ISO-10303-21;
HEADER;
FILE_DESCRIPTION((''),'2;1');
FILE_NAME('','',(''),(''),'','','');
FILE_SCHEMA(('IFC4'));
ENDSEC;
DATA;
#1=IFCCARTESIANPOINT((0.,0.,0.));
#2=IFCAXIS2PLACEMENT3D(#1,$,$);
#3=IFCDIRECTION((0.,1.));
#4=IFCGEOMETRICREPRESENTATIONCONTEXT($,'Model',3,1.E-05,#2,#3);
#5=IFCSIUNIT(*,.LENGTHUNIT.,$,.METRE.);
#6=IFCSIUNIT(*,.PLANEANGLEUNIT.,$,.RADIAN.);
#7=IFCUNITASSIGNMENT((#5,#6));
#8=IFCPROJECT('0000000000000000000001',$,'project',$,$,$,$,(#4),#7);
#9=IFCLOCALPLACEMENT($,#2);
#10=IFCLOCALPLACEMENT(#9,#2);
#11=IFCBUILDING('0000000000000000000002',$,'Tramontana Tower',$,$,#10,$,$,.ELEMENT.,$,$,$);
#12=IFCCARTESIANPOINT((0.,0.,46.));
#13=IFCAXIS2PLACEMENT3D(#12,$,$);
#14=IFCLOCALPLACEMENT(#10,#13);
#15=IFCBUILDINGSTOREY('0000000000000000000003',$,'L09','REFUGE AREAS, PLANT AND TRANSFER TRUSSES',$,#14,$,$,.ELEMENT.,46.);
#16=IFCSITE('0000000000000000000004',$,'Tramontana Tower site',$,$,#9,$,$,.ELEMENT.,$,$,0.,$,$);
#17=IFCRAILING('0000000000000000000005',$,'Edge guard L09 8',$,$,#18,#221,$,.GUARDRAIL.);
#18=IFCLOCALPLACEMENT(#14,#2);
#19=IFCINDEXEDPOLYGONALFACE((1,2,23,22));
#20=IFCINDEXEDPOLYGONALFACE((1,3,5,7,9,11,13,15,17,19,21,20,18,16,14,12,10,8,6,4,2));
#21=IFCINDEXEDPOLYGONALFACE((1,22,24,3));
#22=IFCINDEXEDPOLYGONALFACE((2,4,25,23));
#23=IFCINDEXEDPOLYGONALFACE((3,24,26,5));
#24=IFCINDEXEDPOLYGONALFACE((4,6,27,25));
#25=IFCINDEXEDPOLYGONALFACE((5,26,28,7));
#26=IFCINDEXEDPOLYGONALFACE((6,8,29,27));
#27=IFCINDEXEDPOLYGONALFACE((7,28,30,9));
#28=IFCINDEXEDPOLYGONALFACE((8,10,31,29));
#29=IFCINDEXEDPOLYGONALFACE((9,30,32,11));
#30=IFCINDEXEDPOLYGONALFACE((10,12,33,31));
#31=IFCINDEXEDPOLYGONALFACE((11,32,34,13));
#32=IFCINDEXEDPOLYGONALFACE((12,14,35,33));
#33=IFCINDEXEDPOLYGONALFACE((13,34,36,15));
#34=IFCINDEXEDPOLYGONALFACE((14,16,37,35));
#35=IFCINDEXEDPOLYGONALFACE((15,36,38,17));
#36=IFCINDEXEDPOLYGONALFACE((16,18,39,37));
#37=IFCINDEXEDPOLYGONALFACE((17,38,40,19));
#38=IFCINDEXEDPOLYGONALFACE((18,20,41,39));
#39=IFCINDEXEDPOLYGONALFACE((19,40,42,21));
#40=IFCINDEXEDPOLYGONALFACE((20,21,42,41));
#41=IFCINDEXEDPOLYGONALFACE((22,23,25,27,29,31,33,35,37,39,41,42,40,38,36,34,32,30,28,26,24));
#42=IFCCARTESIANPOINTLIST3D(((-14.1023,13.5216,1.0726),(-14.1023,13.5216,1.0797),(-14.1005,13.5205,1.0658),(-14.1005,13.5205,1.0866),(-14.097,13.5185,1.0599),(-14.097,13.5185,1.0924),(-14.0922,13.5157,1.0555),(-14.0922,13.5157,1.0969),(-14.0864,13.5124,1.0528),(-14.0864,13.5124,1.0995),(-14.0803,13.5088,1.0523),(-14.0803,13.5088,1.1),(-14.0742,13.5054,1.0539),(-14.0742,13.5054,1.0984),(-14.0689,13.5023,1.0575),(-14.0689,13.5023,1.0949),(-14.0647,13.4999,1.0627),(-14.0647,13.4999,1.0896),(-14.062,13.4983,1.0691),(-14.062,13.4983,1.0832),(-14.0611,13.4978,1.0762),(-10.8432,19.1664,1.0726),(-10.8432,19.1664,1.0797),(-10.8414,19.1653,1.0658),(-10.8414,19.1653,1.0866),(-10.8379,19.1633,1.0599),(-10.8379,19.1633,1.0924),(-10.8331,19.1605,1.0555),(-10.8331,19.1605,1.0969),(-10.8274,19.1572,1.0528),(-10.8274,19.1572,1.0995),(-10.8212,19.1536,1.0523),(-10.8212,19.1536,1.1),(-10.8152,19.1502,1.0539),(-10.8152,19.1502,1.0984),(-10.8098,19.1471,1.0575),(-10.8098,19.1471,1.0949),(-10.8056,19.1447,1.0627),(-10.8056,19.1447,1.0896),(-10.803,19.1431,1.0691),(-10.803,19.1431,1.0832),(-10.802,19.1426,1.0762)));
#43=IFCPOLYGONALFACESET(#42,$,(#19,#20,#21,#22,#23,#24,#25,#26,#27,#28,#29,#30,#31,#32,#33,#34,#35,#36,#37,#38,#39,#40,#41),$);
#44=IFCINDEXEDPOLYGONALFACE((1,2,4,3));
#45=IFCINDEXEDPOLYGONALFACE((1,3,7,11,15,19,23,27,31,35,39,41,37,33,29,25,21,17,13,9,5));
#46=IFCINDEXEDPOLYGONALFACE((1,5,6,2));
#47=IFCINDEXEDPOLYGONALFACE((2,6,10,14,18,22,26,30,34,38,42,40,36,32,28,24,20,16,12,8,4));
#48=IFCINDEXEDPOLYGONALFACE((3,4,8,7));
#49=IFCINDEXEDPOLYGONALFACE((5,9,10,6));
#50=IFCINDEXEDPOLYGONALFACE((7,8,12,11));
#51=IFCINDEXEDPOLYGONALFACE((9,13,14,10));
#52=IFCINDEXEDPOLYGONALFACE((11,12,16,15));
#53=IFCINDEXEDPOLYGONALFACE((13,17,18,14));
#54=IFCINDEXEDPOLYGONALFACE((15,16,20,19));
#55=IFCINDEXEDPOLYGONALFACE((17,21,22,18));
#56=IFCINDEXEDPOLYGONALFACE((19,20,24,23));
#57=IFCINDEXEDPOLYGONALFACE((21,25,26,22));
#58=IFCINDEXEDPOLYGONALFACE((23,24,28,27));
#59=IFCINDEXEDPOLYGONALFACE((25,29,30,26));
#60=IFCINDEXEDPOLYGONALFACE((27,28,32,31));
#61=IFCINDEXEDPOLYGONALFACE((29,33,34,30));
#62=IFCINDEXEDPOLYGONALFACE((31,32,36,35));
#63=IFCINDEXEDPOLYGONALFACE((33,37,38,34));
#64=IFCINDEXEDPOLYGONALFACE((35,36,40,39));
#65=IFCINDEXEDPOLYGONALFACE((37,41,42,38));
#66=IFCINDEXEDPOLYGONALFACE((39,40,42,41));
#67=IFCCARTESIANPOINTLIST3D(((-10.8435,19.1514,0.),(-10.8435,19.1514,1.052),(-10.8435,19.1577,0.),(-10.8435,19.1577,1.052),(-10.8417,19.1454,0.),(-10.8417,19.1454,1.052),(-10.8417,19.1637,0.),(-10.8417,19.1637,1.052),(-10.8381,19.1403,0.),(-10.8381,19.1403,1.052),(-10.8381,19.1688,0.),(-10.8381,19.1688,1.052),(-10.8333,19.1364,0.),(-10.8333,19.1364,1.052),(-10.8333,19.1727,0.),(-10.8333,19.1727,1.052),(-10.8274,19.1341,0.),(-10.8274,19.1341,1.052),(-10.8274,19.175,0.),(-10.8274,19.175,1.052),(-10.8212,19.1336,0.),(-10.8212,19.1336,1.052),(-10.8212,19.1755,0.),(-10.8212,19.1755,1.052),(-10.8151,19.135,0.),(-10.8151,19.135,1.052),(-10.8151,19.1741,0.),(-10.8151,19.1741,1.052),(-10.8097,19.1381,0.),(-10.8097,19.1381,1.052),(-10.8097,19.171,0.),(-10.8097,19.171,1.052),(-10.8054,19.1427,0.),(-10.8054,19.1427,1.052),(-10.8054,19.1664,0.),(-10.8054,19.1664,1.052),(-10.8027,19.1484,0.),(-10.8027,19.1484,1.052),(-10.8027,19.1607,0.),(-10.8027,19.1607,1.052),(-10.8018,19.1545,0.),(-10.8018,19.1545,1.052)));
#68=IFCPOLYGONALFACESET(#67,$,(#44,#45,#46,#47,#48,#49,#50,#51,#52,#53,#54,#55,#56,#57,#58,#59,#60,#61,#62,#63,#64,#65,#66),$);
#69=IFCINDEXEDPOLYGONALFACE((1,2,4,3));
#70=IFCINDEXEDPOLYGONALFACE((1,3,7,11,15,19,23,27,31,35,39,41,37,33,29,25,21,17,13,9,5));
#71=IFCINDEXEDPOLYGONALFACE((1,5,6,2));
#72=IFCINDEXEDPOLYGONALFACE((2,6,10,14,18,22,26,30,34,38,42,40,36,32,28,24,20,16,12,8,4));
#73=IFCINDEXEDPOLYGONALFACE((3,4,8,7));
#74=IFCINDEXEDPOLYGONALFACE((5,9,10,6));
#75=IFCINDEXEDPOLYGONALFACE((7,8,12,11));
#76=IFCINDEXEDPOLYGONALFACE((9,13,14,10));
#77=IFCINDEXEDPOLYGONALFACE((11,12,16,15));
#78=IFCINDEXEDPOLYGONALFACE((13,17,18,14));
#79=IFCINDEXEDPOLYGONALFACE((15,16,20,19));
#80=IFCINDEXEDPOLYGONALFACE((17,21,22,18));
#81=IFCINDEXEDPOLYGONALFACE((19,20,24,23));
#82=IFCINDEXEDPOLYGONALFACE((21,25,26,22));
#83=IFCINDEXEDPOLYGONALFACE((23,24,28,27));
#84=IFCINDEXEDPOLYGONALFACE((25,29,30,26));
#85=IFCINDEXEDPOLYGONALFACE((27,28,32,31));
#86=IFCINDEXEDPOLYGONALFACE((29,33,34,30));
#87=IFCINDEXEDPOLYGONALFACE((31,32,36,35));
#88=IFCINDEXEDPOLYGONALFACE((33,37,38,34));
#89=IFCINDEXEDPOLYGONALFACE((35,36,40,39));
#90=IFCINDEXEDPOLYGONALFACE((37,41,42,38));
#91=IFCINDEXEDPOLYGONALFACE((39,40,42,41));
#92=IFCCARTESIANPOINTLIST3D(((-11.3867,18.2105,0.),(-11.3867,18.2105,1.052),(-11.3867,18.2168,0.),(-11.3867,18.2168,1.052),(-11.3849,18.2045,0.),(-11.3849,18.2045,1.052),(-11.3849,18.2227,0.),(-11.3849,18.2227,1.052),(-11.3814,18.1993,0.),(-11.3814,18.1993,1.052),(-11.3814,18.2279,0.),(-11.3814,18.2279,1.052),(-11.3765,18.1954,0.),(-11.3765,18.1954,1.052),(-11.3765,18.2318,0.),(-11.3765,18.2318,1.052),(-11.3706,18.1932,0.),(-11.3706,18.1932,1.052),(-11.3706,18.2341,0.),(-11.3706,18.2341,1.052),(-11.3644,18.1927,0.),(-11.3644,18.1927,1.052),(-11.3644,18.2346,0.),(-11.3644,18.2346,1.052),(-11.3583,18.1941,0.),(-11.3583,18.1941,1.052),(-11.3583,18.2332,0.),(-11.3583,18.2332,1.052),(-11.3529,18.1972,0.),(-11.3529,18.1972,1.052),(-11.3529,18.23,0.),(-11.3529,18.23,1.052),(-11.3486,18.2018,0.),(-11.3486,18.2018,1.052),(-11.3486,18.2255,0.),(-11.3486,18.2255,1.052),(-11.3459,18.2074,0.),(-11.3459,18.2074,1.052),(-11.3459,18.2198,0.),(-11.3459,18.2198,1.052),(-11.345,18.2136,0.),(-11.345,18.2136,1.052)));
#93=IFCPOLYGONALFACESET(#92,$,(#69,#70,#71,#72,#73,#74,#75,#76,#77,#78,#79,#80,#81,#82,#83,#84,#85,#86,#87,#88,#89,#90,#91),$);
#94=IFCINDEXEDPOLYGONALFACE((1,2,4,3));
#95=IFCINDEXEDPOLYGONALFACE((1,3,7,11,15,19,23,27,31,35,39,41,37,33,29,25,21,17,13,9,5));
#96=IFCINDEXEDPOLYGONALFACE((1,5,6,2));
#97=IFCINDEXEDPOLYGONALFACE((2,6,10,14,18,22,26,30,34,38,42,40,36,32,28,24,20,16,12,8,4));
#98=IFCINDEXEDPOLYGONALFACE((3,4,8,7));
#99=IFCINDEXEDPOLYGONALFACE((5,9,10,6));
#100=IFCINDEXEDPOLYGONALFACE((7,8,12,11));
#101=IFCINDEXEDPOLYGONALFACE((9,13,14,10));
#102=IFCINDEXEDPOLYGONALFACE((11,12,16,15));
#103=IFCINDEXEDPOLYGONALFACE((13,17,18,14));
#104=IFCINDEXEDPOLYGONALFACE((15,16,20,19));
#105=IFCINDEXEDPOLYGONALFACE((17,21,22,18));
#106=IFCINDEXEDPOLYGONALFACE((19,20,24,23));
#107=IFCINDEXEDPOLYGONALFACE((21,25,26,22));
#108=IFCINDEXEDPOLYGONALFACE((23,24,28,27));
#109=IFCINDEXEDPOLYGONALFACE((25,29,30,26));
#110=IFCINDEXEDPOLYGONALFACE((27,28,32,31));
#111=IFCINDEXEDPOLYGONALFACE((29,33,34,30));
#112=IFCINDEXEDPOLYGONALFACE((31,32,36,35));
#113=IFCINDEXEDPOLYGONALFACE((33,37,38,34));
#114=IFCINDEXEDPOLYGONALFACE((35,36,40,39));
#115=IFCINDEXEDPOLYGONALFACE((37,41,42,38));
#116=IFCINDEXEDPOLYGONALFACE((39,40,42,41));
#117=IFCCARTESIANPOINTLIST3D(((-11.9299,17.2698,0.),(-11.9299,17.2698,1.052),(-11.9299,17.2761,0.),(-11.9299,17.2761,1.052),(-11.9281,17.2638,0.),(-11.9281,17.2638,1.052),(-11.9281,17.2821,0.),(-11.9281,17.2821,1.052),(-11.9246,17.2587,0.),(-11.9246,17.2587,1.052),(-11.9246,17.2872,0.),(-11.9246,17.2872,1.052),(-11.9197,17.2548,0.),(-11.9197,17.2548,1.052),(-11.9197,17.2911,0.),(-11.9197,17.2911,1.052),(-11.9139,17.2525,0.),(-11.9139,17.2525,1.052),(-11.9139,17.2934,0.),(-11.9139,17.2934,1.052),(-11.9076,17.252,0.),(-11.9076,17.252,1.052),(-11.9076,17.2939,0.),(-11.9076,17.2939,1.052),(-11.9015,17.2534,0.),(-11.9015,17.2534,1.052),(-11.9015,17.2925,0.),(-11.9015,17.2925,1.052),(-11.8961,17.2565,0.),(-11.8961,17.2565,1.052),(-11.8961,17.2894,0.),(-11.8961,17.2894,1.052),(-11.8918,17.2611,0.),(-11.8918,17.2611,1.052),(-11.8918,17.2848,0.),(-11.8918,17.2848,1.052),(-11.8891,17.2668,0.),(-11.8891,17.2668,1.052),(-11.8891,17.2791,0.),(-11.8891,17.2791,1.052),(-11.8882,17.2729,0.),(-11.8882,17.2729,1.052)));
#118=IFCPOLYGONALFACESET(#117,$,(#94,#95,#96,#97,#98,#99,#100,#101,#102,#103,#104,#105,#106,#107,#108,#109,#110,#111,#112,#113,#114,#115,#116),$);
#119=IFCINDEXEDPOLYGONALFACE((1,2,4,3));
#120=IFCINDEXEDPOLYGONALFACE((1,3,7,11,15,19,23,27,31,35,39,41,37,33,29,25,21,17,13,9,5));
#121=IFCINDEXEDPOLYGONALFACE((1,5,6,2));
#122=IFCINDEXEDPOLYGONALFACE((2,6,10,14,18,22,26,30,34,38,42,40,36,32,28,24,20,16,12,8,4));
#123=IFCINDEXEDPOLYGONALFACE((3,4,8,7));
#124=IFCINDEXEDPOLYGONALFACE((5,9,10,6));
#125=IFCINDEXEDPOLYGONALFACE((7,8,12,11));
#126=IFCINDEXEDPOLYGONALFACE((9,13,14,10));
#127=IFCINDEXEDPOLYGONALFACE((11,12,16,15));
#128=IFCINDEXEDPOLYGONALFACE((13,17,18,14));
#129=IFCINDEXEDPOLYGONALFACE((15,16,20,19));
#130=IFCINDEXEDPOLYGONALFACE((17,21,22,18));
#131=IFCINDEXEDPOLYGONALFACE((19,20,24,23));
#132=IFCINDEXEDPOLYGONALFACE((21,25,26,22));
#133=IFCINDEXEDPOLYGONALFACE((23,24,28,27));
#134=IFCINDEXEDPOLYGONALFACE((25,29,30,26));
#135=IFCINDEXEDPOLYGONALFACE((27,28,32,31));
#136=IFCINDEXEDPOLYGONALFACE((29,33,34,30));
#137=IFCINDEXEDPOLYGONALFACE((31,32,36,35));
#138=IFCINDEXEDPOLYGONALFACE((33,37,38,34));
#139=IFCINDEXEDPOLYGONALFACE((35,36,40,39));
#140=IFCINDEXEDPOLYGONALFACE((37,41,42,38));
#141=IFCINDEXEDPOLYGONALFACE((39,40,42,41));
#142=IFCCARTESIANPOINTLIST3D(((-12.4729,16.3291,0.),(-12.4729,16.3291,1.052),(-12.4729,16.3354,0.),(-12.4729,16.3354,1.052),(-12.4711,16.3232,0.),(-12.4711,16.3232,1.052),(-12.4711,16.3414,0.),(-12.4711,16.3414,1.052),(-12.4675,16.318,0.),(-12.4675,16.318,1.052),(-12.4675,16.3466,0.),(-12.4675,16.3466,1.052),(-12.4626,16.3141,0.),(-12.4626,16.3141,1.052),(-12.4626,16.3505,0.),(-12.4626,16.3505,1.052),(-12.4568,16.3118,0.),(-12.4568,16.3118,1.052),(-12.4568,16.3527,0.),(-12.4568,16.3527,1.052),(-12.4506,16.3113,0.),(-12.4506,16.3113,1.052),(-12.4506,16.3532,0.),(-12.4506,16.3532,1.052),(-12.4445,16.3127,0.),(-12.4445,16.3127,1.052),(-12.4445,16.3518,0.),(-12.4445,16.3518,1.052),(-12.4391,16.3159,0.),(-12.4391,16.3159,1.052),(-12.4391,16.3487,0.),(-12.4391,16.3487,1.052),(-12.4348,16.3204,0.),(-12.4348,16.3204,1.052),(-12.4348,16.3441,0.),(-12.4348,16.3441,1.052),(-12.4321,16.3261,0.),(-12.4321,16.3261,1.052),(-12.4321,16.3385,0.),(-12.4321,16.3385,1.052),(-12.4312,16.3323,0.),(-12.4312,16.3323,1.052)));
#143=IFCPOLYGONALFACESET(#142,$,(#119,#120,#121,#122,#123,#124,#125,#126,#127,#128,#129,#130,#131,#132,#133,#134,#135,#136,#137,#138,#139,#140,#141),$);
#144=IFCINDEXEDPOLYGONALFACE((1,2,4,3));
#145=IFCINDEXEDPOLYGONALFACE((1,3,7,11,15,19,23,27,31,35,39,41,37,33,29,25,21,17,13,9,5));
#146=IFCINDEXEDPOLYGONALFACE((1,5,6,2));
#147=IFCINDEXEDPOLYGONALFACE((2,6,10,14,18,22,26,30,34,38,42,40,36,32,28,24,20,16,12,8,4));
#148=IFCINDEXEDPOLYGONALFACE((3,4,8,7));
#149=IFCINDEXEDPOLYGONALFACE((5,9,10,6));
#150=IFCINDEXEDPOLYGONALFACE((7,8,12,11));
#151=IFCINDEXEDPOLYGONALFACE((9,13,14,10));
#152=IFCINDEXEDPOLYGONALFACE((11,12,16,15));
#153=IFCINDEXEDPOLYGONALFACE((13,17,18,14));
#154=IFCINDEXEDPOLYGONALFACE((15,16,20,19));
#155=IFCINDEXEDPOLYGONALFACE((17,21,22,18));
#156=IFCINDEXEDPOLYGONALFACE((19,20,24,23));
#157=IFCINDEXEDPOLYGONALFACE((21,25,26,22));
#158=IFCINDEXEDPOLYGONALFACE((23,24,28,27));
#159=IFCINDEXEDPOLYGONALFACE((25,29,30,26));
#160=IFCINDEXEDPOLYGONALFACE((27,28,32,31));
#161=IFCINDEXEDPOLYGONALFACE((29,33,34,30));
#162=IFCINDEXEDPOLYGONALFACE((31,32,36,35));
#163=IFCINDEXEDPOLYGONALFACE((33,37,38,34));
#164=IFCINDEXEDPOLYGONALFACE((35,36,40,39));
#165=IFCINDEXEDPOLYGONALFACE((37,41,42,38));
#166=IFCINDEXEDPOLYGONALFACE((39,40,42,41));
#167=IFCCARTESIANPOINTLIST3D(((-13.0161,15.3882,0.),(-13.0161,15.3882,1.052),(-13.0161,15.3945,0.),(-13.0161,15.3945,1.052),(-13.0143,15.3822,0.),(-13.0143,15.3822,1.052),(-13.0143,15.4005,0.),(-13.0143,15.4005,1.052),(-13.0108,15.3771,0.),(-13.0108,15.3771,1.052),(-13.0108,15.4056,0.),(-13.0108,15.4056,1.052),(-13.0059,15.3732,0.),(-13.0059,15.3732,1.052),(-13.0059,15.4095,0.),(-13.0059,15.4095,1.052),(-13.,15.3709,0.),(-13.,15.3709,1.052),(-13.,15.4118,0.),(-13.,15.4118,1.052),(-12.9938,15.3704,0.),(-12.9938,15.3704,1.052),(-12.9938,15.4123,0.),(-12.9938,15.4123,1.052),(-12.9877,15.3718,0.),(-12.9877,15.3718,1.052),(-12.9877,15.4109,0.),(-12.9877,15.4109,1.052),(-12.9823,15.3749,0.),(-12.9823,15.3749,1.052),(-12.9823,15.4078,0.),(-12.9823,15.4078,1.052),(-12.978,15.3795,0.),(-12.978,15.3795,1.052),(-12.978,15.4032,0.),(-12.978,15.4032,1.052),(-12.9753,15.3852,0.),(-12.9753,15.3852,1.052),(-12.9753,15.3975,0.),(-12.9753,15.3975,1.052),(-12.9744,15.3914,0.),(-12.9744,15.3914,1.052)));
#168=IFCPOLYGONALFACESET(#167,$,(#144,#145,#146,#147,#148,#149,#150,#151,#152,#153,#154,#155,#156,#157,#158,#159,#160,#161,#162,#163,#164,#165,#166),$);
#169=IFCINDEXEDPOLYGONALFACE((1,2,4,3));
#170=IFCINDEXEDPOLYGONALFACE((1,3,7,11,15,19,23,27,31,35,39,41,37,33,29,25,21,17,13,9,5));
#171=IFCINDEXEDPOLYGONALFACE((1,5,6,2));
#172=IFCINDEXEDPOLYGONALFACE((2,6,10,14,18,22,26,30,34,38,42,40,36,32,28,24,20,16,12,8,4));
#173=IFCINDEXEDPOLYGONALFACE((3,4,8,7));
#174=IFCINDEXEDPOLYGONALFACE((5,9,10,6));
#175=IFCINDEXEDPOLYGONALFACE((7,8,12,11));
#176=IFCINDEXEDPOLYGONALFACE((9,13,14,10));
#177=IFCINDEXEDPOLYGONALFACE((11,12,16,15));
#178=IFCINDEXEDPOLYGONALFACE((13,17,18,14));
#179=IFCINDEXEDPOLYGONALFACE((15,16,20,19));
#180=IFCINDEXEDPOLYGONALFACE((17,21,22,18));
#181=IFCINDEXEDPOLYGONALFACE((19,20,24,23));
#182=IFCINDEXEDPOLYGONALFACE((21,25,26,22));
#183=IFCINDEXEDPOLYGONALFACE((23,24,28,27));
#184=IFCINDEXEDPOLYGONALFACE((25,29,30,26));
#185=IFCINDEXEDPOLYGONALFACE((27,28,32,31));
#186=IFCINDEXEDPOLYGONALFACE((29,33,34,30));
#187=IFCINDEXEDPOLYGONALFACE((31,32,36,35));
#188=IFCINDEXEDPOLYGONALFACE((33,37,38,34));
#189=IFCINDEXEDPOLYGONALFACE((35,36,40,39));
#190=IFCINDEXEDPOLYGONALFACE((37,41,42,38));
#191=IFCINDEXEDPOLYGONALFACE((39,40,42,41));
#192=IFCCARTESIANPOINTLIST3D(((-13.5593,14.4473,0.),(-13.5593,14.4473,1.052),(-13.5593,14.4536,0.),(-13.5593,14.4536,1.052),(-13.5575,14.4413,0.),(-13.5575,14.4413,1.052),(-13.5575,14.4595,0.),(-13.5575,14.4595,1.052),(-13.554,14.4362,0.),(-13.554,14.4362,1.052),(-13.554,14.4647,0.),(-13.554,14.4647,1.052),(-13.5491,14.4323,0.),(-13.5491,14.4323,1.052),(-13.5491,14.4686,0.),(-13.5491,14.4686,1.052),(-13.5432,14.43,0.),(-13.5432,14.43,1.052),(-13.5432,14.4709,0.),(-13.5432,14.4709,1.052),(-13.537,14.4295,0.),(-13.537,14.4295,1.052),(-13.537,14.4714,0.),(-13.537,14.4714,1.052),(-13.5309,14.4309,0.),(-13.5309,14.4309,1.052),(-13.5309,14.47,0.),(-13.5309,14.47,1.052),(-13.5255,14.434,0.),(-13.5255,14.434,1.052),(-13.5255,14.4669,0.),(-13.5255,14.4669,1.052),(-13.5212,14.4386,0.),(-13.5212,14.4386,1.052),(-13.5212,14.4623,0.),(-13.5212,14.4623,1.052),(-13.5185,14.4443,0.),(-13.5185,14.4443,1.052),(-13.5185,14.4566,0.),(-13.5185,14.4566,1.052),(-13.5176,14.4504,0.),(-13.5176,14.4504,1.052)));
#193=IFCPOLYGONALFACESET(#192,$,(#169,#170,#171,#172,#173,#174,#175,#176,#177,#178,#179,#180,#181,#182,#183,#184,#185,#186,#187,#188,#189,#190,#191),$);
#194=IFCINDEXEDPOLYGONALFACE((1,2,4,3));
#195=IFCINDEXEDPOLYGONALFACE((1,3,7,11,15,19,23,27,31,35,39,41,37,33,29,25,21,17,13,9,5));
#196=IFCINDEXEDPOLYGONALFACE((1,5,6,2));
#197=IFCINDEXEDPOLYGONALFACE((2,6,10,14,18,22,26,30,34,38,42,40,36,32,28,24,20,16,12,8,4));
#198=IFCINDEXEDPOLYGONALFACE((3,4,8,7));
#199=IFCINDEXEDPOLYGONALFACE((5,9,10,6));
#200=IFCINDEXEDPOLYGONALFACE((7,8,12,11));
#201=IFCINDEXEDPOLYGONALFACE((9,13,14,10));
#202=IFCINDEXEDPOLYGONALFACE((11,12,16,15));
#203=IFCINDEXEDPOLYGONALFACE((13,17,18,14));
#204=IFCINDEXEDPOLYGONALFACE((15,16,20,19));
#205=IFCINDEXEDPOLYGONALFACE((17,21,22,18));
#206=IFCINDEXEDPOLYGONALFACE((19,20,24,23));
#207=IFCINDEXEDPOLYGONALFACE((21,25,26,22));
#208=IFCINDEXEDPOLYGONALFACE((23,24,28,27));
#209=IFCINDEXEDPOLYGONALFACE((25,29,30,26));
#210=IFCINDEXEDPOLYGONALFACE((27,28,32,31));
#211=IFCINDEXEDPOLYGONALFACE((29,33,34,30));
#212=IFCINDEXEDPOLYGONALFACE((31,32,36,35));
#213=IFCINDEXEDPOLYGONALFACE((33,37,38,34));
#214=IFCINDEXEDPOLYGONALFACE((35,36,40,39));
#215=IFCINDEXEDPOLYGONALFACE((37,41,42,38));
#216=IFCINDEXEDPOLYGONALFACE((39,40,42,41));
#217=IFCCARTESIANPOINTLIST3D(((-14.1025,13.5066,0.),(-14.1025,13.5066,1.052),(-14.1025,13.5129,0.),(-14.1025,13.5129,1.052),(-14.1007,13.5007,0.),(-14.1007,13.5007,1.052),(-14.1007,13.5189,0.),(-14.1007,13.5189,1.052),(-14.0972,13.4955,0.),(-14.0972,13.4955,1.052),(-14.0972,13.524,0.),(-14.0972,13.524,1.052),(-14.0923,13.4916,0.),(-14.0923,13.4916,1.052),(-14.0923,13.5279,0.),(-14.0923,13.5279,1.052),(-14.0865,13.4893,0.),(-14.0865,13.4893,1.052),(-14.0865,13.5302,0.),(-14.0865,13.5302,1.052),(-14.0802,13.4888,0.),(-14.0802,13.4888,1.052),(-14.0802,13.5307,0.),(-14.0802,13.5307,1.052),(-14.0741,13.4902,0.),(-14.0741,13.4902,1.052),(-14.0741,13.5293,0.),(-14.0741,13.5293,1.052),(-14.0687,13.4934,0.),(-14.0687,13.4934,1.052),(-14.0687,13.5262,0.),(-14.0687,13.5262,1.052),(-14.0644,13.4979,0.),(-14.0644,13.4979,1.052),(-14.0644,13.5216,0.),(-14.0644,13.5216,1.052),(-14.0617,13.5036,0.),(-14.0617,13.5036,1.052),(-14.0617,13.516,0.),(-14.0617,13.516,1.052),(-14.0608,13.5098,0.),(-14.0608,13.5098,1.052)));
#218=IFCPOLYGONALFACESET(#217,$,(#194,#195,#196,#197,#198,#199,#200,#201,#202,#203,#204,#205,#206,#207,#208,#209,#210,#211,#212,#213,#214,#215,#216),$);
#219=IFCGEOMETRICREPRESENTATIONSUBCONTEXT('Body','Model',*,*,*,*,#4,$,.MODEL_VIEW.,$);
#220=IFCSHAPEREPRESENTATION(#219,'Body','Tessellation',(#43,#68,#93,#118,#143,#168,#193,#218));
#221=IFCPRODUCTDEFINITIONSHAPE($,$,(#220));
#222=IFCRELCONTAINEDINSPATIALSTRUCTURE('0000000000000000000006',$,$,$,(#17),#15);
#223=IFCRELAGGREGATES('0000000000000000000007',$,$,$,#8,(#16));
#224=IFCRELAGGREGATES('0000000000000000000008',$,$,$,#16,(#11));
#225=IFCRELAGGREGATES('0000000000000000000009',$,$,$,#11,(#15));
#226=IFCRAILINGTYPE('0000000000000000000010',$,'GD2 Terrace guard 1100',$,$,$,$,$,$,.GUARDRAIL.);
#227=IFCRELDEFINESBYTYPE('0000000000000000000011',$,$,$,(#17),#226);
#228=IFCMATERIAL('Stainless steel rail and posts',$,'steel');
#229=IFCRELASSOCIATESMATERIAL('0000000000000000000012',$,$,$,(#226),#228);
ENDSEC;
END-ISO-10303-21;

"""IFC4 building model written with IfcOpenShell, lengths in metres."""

from ifc_helpers import new_model, si_unit, direction, frame, origin, origin_2d, place, context, subcontext, project, spatial, circle, extrude, material, type_object, element, save


model = new_model("IFC4")

# Units and contexts
model_context = context("Model", 3, precision=1e-05, world=origin(), true_north=direction((0.0, 1.0)))
body_context = subcontext(model_context, "Body", "Model", "MODEL_VIEW")
ifc_project = project(units=[si_unit("LENGTHUNIT", "METRE"), si_unit("PLANEANGLEUNIT", "RADIAN")], contexts=[model_context])

# Site, building, storey
site_placement = place(None, origin())
site = spatial("IfcSite", under=ifc_project, at=site_placement, Name="Tramontana Tower site", CompositionType="ELEMENT", RefElevation=0.0)
building_placement = place(site_placement, origin())
building = spatial("IfcBuilding", under=site, at=building_placement, Name="Tramontana Tower", CompositionType="ELEMENT")
storey_placement = place(building_placement, frame((0.0, 0.0, 46.0)))
storey = spatial("IfcBuildingStorey", under=building, at=storey_placement, Name="L09", Description="REFUGE AREAS, PLANT AND TRANSFER TRUSSES", CompositionType="ELEMENT", Elevation=46.0)

# Railing
ifc_material_1 = material(Name="Stainless steel rail and posts", Category="steel")
railing_type = type_object("IfcRailingType", Name="GD2 Terrace guard 1100", PredefinedType="GUARDRAIL", material=ifc_material_1)
railing_placement = place(storey_placement, frame((-10.8228, 19.1545, 0.0)))
element("IfcRailing", 1, at=railing_placement, inside=storey, type_object=railing_type, Name="Edge guard L09 8", PredefinedType="GUARDRAIL", context=body_context, shape_type="SweptSolid", body=[
    extrude(circle(Radius=0.0239, at=origin_2d()), frame((0.0, 0.0, 1.0762), z_axis=(-0.500002, -0.866024, 0.0), x_axis=(0.866024, -0.500002, 0.0)), (0.0, 0.0, 1.0), 6.5181),
    extrude(circle(Radius=0.021, at=origin_2d()), origin(), (0.0, 0.0, 1.0), 1.052),
    extrude(circle(Radius=0.021, at=origin_2d()), frame((-0.5432, -0.9409, 0.0)), (0.0, 0.0, 1.0), 1.052),
    extrude(circle(Radius=0.021, at=origin_2d()), frame((-1.0864, -1.8816, 0.0)), (0.0, 0.0, 1.0), 1.052),
    extrude(circle(Radius=0.021, at=origin_2d()), frame((-1.6294, -2.8223, 0.0)), (0.0, 0.0, 1.0), 1.052),
    extrude(circle(Radius=0.021, at=origin_2d()), frame((-2.1726, -3.7632, 0.0)), (0.0, 0.0, 1.0), 1.052),
    extrude(circle(Radius=0.021, at=origin_2d()), frame((-2.7158, -4.7041, 0.0)), (0.0, 0.0, 1.0), 1.052),
    extrude(circle(Radius=0.021, at=origin_2d()), frame((-3.259, -5.6448, 0.0)), (0.0, 0.0, 1.0), 1.052),
])

save(model, "model.ifc")
